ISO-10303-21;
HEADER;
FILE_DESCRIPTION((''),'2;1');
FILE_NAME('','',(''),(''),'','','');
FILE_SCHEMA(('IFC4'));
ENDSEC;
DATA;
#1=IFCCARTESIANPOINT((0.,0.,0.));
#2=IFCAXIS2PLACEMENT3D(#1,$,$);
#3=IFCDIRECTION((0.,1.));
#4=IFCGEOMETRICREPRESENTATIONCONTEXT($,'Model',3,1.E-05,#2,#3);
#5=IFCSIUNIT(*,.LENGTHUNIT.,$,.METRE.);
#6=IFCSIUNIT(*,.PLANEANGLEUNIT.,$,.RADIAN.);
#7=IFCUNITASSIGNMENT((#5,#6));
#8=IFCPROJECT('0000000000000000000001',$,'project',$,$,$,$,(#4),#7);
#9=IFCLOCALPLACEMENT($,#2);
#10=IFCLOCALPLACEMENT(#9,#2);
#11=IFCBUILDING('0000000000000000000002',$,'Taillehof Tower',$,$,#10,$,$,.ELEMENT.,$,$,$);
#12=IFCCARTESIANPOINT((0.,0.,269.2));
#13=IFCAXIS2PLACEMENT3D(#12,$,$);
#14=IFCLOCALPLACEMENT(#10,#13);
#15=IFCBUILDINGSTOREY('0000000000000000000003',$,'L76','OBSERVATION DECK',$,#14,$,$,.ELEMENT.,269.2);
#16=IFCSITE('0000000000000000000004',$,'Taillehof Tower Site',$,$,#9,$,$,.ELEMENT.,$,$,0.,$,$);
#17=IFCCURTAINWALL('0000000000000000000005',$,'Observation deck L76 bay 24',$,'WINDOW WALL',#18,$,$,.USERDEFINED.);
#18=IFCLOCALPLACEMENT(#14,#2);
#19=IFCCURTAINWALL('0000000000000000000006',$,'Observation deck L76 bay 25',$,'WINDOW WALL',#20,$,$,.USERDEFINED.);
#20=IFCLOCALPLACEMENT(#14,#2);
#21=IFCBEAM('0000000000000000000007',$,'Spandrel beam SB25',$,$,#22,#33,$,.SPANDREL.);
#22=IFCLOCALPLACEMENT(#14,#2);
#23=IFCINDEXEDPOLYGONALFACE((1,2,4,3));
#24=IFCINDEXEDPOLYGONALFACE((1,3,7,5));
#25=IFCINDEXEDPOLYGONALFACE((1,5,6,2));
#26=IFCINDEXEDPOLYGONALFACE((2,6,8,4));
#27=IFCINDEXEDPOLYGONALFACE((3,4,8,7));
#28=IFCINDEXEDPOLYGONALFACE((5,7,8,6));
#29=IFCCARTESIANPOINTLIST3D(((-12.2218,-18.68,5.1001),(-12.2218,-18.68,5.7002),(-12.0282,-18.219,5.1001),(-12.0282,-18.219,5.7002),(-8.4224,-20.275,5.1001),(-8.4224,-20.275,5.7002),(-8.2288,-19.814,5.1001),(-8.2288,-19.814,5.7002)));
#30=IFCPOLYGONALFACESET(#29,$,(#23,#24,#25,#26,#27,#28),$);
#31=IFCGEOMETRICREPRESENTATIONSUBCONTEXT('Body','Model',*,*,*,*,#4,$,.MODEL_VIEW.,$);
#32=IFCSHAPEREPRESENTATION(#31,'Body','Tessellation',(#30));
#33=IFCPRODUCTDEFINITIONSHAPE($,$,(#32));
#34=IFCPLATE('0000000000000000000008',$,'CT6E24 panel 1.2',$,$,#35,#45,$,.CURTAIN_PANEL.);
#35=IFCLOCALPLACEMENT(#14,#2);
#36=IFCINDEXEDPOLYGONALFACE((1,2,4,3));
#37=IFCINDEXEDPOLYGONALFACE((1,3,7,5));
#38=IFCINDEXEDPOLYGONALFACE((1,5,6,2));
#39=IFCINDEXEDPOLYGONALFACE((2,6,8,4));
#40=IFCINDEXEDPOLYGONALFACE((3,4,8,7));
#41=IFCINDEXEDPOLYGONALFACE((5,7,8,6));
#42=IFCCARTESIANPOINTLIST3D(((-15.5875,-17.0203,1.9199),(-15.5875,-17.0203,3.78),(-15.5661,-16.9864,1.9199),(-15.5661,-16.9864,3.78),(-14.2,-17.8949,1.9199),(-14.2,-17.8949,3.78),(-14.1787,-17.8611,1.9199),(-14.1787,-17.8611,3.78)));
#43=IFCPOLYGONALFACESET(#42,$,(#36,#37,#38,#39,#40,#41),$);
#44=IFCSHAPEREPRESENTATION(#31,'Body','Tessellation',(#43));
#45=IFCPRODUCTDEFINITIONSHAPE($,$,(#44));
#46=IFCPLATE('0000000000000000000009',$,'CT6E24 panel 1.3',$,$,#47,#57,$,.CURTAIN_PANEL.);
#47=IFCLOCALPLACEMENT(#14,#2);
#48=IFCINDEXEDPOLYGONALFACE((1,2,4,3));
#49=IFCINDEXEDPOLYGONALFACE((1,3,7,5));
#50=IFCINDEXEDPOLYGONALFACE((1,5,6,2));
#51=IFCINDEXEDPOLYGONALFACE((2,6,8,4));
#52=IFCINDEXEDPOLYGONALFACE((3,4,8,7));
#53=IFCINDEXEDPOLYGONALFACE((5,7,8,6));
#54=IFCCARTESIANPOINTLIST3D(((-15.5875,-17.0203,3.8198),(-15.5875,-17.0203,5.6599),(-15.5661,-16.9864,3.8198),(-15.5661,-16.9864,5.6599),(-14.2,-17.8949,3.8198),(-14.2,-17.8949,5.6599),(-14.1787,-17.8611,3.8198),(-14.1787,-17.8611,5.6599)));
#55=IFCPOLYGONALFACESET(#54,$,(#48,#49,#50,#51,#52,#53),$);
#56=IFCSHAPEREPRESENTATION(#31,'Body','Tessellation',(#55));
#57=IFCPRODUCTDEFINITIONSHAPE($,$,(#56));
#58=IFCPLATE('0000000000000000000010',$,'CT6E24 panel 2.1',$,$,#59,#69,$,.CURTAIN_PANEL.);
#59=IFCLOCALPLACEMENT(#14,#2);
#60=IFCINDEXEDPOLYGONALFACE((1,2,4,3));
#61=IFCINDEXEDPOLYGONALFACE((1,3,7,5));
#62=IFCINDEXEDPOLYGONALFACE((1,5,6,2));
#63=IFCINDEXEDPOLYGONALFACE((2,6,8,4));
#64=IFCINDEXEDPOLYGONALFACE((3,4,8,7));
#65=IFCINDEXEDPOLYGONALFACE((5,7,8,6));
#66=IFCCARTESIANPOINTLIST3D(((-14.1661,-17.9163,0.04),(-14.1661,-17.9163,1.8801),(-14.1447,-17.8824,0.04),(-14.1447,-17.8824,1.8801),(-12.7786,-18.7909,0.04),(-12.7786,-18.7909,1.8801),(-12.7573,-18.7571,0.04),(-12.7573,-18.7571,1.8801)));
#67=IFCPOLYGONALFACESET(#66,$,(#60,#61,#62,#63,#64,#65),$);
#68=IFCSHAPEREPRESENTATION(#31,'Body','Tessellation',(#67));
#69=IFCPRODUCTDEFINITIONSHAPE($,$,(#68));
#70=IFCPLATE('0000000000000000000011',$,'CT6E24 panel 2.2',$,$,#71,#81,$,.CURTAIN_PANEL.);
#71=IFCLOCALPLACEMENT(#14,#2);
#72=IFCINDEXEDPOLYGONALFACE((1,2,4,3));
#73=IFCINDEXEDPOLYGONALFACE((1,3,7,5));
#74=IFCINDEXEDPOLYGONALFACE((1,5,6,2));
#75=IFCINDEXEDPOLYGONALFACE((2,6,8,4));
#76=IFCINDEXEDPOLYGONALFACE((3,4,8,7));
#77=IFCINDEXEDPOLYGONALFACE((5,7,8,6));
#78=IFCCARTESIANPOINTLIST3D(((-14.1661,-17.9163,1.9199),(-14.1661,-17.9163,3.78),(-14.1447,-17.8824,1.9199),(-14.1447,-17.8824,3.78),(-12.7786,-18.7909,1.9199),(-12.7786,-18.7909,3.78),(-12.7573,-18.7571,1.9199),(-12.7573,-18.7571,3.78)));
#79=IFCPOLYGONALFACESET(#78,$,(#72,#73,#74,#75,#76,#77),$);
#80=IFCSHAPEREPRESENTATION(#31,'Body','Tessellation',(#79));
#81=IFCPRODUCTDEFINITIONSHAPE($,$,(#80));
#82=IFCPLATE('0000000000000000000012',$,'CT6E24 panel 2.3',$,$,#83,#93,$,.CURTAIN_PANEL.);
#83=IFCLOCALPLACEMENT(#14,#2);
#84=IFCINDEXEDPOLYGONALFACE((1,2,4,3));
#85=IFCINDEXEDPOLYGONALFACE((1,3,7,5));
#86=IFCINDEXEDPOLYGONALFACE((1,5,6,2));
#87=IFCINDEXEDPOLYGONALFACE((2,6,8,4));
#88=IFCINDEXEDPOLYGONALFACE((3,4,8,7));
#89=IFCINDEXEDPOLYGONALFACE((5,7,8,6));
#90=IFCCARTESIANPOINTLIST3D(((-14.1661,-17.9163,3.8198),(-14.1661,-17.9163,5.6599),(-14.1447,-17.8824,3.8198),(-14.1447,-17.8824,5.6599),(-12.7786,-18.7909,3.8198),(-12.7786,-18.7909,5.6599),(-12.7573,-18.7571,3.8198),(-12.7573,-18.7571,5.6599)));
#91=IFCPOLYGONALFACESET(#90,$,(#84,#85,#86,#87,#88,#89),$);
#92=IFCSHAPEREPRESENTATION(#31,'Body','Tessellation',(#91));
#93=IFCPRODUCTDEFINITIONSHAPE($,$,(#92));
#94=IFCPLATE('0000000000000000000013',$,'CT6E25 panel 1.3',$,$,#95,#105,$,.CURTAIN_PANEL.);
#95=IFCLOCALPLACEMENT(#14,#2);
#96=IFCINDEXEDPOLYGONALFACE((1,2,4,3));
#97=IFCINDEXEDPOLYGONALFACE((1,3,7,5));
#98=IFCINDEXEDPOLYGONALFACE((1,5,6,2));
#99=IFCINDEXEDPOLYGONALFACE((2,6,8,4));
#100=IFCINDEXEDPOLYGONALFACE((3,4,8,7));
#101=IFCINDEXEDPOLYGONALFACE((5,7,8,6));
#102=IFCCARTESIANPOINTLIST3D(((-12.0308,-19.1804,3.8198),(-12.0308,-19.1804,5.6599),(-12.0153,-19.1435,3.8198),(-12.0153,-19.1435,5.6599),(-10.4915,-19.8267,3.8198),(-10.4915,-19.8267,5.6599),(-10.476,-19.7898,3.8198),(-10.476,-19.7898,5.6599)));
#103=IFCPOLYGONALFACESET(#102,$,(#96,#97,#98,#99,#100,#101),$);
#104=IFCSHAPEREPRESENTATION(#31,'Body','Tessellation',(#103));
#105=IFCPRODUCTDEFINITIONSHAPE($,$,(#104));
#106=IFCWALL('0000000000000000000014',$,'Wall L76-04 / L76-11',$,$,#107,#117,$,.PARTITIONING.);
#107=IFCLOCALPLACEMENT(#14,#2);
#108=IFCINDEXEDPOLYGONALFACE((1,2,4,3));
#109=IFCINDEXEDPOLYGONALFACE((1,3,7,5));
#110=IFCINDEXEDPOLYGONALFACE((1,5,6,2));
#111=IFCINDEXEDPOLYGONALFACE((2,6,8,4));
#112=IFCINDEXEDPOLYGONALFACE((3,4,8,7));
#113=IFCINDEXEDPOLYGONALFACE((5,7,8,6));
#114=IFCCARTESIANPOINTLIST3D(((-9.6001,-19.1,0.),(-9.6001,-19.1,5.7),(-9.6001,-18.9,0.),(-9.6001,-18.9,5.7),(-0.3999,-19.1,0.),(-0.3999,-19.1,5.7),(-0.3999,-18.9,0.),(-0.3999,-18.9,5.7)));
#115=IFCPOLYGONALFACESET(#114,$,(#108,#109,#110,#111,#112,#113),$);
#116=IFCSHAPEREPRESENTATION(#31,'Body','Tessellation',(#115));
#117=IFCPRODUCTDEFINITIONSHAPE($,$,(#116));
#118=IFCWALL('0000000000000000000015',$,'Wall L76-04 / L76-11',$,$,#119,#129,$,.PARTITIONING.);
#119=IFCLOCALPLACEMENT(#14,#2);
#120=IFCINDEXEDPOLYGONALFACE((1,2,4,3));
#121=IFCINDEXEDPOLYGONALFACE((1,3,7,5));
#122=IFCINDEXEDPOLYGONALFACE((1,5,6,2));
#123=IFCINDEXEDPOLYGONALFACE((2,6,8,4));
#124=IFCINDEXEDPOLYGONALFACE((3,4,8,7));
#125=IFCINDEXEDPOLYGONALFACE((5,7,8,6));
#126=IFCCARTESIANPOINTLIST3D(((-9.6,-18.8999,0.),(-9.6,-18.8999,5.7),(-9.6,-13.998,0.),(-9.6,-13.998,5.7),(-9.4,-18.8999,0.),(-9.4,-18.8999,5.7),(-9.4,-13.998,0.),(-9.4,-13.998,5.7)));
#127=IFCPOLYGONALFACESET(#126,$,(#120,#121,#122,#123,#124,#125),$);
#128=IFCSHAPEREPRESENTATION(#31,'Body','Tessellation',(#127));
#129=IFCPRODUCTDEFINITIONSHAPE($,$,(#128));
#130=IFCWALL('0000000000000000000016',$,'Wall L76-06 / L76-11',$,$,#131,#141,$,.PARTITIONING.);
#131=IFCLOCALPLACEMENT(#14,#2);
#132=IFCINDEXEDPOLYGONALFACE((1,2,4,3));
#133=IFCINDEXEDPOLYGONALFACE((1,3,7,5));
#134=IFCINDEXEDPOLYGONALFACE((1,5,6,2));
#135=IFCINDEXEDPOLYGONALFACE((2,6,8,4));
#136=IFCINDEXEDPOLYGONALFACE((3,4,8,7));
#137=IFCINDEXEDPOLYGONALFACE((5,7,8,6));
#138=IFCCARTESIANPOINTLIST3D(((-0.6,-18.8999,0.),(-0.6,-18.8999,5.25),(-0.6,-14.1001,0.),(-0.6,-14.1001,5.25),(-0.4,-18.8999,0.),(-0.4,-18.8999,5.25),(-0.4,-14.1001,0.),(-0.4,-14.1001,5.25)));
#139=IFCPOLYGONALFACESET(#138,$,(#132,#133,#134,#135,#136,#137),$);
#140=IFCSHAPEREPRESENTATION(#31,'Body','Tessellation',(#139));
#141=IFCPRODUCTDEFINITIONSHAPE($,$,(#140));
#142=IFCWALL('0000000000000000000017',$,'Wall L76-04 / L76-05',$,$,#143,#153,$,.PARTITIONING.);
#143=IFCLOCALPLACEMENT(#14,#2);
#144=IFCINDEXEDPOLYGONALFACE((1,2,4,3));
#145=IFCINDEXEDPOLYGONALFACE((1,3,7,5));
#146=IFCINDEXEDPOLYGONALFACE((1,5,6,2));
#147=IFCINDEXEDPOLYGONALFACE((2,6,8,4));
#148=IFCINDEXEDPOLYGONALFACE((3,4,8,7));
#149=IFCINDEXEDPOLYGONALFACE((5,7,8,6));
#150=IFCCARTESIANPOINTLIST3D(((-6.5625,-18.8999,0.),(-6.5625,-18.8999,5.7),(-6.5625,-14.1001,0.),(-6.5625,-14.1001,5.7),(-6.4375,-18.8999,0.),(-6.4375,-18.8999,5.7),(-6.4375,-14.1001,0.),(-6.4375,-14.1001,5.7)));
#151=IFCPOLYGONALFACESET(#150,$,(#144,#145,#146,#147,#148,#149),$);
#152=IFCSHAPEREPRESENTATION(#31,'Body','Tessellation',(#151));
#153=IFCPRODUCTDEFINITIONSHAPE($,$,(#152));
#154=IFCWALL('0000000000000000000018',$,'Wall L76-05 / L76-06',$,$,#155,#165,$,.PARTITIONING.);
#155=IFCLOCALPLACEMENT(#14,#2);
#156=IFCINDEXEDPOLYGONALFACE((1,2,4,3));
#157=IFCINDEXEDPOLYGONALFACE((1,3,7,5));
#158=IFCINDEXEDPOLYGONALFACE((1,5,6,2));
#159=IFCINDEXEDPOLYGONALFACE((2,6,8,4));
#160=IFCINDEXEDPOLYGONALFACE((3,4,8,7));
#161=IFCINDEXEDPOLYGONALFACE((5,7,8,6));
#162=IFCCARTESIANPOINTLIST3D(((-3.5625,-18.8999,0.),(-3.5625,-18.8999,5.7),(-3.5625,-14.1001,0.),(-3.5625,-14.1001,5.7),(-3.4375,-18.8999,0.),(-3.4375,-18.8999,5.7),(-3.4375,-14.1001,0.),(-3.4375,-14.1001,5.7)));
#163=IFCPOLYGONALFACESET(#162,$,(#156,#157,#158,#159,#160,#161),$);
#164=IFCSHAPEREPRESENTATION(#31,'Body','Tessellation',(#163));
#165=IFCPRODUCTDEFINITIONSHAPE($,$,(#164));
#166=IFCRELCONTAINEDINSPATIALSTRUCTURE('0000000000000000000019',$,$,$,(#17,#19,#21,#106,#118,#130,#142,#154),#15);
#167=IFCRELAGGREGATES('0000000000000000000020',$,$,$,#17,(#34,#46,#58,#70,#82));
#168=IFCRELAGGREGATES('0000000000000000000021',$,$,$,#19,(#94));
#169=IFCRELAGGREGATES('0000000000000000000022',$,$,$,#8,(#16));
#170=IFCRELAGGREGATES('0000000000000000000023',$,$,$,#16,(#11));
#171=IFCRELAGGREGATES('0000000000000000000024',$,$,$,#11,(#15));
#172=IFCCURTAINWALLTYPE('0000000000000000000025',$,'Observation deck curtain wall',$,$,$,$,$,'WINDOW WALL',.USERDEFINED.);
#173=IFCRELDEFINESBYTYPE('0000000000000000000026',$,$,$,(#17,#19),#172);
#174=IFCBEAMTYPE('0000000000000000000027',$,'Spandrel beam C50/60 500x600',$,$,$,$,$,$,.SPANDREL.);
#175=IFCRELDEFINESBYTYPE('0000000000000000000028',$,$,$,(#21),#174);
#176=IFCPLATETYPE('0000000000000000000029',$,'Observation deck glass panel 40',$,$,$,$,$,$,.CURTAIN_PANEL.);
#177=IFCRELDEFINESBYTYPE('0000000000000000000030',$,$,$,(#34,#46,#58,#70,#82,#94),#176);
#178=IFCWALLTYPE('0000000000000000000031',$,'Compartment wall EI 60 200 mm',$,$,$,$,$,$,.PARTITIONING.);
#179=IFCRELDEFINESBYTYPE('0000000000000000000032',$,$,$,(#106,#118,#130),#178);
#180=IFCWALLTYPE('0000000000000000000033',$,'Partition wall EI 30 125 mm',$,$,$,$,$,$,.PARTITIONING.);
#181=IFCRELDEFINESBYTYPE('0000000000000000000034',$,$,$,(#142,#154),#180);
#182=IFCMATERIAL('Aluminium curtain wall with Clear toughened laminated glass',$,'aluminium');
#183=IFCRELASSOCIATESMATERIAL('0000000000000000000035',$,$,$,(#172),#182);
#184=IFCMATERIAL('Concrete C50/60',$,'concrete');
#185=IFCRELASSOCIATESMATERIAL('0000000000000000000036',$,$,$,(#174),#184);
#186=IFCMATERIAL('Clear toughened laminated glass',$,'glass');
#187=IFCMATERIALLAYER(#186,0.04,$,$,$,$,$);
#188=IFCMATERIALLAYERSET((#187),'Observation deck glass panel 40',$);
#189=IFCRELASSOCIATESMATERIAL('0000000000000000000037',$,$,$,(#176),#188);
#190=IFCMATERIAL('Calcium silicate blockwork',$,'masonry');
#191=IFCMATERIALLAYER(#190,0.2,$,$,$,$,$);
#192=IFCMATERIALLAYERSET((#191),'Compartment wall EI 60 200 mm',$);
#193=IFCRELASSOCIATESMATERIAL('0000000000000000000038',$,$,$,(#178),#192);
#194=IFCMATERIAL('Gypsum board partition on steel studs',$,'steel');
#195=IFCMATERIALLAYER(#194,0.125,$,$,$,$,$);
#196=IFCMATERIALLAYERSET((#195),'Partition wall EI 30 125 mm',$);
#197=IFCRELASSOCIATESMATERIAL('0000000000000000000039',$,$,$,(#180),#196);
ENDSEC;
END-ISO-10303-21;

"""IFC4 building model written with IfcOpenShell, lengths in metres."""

from ifc_helpers import new_model, si_unit, direction, frame, frame_2d, origin, origin_2d, place, context, subcontext, project, spatial, rectangle, extrude, material, layer, layer_set, material_profile, profile_set, type_object, element, aggregate, save


model = new_model("IFC4")

# Units and contexts
model_context = context("Model", 3, precision=1e-05, world=origin(), true_north=direction((0.0, 1.0)))
body_context = subcontext(model_context, "Body", "Model", "MODEL_VIEW")
ifc_project = project(units=[si_unit("LENGTHUNIT", "METRE"), si_unit("PLANEANGLEUNIT", "RADIAN")], contexts=[model_context])

# Site, building, storey
site_placement = place(None, origin())
site = spatial("IfcSite", under=ifc_project, at=site_placement, Name="Taillehof Tower Site", CompositionType="ELEMENT", RefElevation=0.0)
building_placement = place(site_placement, origin())
building = spatial("IfcBuilding", under=site, at=building_placement, Name="Taillehof Tower", CompositionType="ELEMENT")
storey_placement = place(building_placement, frame((0.0, 0.0, 269.2)))
storey = spatial("IfcBuildingStorey", under=building, at=storey_placement, Name="L76", Description="OBSERVATION DECK", CompositionType="ELEMENT", Elevation=269.2)

# Curtain wall
ifc_material_1 = material(Name="Aluminium curtain wall with Clear toughened laminated glass", Category="aluminium")
curtain_wall_type = type_object("IfcCurtainWallType", Name="Observation deck curtain wall", ElementType="WINDOW WALL", PredefinedType="USERDEFINED", material=ifc_material_1)
curtain_wall_1_placement = place(storey_placement, origin())
curtain_wall_1 = element("IfcCurtainWall", 1, at=curtain_wall_1_placement, inside=storey, type_object=curtain_wall_type, Name="Observation deck L76 bay 24", ObjectType="WINDOW WALL", PredefinedType="USERDEFINED")

# Curtain wall
curtain_wall_2_placement = place(storey_placement, origin())
curtain_wall_2 = element("IfcCurtainWall", 2, at=curtain_wall_2_placement, inside=storey, type_object=curtain_wall_type, Name="Observation deck L76 bay 25", ObjectType="WINDOW WALL", PredefinedType="USERDEFINED")

# Beam
ifc_material_2 = material(Name="Concrete C50/60", Category="concrete")
ifc_material_profile_1 = material_profile(ifc_material_2, rectangle(XDim=0.5, YDim=0.6001, at=origin_2d()), Name="RC 500x600")
ifc_profile_set_1 = profile_set([ifc_material_profile_1], Name="Concrete C50/60")
beam_type_1 = type_object("IfcBeamType", Name="Spandrel beam C50/60 500x600", PredefinedType="SPANDREL", material=ifc_profile_set_1)
beam_1_placement = place(storey_placement, frame((-12.125, -18.4495, 5.4001), z_axis=(0.922046, -0.387079, 0.0), x_axis=(0.387079, 0.922046, 0.0)))
element("IfcBeam", 3, at=beam_1_placement, inside=storey, type_object=beam_type_1, Name="Spandrel beam SB25", PredefinedType="SPANDREL", context=body_context, shape_type="SweptSolid", body=[
    extrude(rectangle(XDim=0.5, YDim=0.6001, at=origin_2d()), origin(), (0.0, 0.0, 1.0), 4.1206),
])

# Plates
ifc_material_3 = material(Name="Clear toughened laminated glass", Category="glass")
ifc_layer_1 = layer(ifc_material_3, 0.04)
ifc_layer_set_1 = layer_set([ifc_layer_1], Name="Observation deck glass panel 40")
plate_type = type_object("IfcPlateType", Name="Observation deck glass panel 40", PredefinedType="CURTAIN_PANEL", material=ifc_layer_set_1)
plate_1_placement = place(storey_placement, frame((-14.8831, -17.4407, 1.9199), z_axis=(0.0, 0.0, 1.0), x_axis=(0.84593, -0.533294, 0.0)))
plate_1 = element("IfcPlate", 4, at=plate_1_placement, type_object=plate_type, Name="CT6E24 panel 1.2", PredefinedType="CURTAIN_PANEL", context=body_context, shape_type="SweptSolid", body=[
    extrude(rectangle(XDim=1.6401, YDim=0.04, at=origin_2d()), origin(), (0.0, 0.0, 1.0), 1.8601),
])
plate_2_placement = place(storey_placement, frame((-14.8831, -17.4407, 3.8198), z_axis=(0.0, 0.0, 1.0), x_axis=(0.84593, -0.533294, 0.0)))
plate_2 = element("IfcPlate", 5, at=plate_2_placement, type_object=plate_type, Name="CT6E24 panel 1.3", PredefinedType="CURTAIN_PANEL", context=body_context, shape_type="SweptSolid", body=[
    extrude(rectangle(XDim=1.6401, YDim=0.04, at=origin_2d()), origin(), (0.0, 0.0, 1.0), 1.8401),
])
plate_3_placement = place(storey_placement, frame((-13.4617, -18.3367, 0.04), z_axis=(0.0, 0.0, 1.0), x_axis=(0.84593, -0.533294, 0.0)))
plate_3 = element("IfcPlate", 6, at=plate_3_placement, type_object=plate_type, Name="CT6E24 panel 2.1", PredefinedType="CURTAIN_PANEL", context=body_context, shape_type="SweptSolid", body=[
    extrude(rectangle(XDim=1.6401, YDim=0.04, at=origin_2d()), origin(), (0.0, 0.0, 1.0), 1.8401),
])
plate_4_placement = place(storey_placement, frame((-13.4617, -18.3367, 1.9199), z_axis=(0.0, 0.0, 1.0), x_axis=(0.84593, -0.533294, 0.0)))
plate_4 = element("IfcPlate", 7, at=plate_4_placement, type_object=plate_type, Name="CT6E24 panel 2.2", PredefinedType="CURTAIN_PANEL", context=body_context, shape_type="SweptSolid", body=[
    extrude(rectangle(XDim=1.6401, YDim=0.04, at=origin_2d()), origin(), (0.0, 0.0, 1.0), 1.8601),
])
plate_5_placement = place(storey_placement, frame((-13.4617, -18.3367, 3.8198), z_axis=(0.0, 0.0, 1.0), x_axis=(0.84593, -0.533294, 0.0)))
plate_5 = element("IfcPlate", 8, at=plate_5_placement, type_object=plate_type, Name="CT6E24 panel 2.3", PredefinedType="CURTAIN_PANEL", context=body_context, shape_type="SweptSolid", body=[
    extrude(rectangle(XDim=1.6401, YDim=0.04, at=origin_2d()), origin(), (0.0, 0.0, 1.0), 1.8401),
])
aggregate(curtain_wall_1, [plate_1, plate_2, plate_3, plate_4, plate_5])
plate_6_placement = place(storey_placement, frame((-11.2534, -19.4851, 3.8198), z_axis=(0.0, 0.0, 1.0), x_axis=(0.922037, -0.387101, 0.0)))
plate_6 = element("IfcPlate", 9, at=plate_6_placement, type_object=plate_type, Name="CT6E25 panel 1.3", PredefinedType="CURTAIN_PANEL", context=body_context, shape_type="SweptSolid", body=[
    extrude(rectangle(XDim=1.6694, YDim=0.04, at=origin_2d()), origin(), (0.0, 0.0, 1.0), 1.8401),
])
aggregate(curtain_wall_2, [plate_6])

# Walls
ifc_material_4 = material(Name="Calcium silicate blockwork", Category="masonry")
ifc_layer_2 = layer(ifc_material_4, 0.2)
ifc_layer_set_2 = layer_set([ifc_layer_2], Name="Compartment wall EI 60 200 mm")
wall_type_1 = type_object("IfcWallType", Name="Compartment wall EI 60 200 mm", PredefinedType="PARTITIONING", material=ifc_layer_set_2)
wall_1_placement = place(storey_placement, frame((-9.6001, -19.0, 0.0), z_axis=(0.0, 0.0, 1.0), x_axis=(1.0, 0.0, 0.0)))
element("IfcWall", 10, at=wall_1_placement, inside=storey, type_object=wall_type_1, Name="Wall L76-04 / L76-11", PredefinedType="PARTITIONING", context=body_context, shape_type="SweptSolid", body=[
    extrude(rectangle(XDim=9.2002, YDim=0.2, at=frame_2d((4.6001, 0.0))), origin(), (0.0, 0.0, 1.0), 5.7),
])
wall_2_placement = place(storey_placement, frame((-9.5, -18.8999, 0.0), z_axis=(0.0, 0.0, 1.0), x_axis=(0.0, 1.0, 0.0)))
element("IfcWall", 11, at=wall_2_placement, inside=storey, type_object=wall_type_1, Name="Wall L76-04 / L76-11", PredefinedType="PARTITIONING", context=body_context, shape_type="SweptSolid", body=[
    extrude(rectangle(XDim=4.9019, YDim=0.2, at=frame_2d((2.4509, 0.0))), origin(), (0.0, 0.0, 1.0), 5.7),
])
wall_3_placement = place(storey_placement, frame((-0.5, -18.8999, 0.0), z_axis=(0.0, 0.0, 1.0), x_axis=(0.0, 1.0, 0.0)))
element("IfcWall", 12, at=wall_3_placement, inside=storey, type_object=wall_type_1, Name="Wall L76-06 / L76-11", PredefinedType="PARTITIONING", context=body_context, shape_type="SweptSolid", body=[
    extrude(rectangle(XDim=4.7998, YDim=0.2, at=frame_2d((2.3999, 0.0))), origin(), (0.0, 0.0, 1.0), 5.25),
])
ifc_material_5 = material(Name="Gypsum board partition on steel studs", Category="steel")
ifc_layer_3 = layer(ifc_material_5, 0.125)
ifc_layer_set_3 = layer_set([ifc_layer_3], Name="Partition wall EI 30 125 mm")
wall_type_2 = type_object("IfcWallType", Name="Partition wall EI 30 125 mm", PredefinedType="PARTITIONING", material=ifc_layer_set_3)
for number, where, z_axis, x_axis, name in (
    (13, (-6.5, -18.8999, 0.0), (0.0, 0.0, 1.0), (0.0, 1.0, 0.0), "Wall L76-04 / L76-05"),
    (14, (-3.5, -18.8999, 0.0), (0.0, 0.0, 1.0), (0.0, 1.0, 0.0), "Wall L76-05 / L76-06"),
):
    element("IfcWall", number, at=place(storey_placement, frame(where, z_axis=z_axis, x_axis=x_axis)), inside=storey, type_object=wall_type_2, Name=name, PredefinedType="PARTITIONING", context=body_context, shape_type="SweptSolid", body=[
        extrude(rectangle(XDim=4.7998, YDim=0.125, at=frame_2d((2.3999, 0.0))), origin(), (0.0, 0.0, 1.0), 5.7),
    ])

save(model, "model.ifc")
